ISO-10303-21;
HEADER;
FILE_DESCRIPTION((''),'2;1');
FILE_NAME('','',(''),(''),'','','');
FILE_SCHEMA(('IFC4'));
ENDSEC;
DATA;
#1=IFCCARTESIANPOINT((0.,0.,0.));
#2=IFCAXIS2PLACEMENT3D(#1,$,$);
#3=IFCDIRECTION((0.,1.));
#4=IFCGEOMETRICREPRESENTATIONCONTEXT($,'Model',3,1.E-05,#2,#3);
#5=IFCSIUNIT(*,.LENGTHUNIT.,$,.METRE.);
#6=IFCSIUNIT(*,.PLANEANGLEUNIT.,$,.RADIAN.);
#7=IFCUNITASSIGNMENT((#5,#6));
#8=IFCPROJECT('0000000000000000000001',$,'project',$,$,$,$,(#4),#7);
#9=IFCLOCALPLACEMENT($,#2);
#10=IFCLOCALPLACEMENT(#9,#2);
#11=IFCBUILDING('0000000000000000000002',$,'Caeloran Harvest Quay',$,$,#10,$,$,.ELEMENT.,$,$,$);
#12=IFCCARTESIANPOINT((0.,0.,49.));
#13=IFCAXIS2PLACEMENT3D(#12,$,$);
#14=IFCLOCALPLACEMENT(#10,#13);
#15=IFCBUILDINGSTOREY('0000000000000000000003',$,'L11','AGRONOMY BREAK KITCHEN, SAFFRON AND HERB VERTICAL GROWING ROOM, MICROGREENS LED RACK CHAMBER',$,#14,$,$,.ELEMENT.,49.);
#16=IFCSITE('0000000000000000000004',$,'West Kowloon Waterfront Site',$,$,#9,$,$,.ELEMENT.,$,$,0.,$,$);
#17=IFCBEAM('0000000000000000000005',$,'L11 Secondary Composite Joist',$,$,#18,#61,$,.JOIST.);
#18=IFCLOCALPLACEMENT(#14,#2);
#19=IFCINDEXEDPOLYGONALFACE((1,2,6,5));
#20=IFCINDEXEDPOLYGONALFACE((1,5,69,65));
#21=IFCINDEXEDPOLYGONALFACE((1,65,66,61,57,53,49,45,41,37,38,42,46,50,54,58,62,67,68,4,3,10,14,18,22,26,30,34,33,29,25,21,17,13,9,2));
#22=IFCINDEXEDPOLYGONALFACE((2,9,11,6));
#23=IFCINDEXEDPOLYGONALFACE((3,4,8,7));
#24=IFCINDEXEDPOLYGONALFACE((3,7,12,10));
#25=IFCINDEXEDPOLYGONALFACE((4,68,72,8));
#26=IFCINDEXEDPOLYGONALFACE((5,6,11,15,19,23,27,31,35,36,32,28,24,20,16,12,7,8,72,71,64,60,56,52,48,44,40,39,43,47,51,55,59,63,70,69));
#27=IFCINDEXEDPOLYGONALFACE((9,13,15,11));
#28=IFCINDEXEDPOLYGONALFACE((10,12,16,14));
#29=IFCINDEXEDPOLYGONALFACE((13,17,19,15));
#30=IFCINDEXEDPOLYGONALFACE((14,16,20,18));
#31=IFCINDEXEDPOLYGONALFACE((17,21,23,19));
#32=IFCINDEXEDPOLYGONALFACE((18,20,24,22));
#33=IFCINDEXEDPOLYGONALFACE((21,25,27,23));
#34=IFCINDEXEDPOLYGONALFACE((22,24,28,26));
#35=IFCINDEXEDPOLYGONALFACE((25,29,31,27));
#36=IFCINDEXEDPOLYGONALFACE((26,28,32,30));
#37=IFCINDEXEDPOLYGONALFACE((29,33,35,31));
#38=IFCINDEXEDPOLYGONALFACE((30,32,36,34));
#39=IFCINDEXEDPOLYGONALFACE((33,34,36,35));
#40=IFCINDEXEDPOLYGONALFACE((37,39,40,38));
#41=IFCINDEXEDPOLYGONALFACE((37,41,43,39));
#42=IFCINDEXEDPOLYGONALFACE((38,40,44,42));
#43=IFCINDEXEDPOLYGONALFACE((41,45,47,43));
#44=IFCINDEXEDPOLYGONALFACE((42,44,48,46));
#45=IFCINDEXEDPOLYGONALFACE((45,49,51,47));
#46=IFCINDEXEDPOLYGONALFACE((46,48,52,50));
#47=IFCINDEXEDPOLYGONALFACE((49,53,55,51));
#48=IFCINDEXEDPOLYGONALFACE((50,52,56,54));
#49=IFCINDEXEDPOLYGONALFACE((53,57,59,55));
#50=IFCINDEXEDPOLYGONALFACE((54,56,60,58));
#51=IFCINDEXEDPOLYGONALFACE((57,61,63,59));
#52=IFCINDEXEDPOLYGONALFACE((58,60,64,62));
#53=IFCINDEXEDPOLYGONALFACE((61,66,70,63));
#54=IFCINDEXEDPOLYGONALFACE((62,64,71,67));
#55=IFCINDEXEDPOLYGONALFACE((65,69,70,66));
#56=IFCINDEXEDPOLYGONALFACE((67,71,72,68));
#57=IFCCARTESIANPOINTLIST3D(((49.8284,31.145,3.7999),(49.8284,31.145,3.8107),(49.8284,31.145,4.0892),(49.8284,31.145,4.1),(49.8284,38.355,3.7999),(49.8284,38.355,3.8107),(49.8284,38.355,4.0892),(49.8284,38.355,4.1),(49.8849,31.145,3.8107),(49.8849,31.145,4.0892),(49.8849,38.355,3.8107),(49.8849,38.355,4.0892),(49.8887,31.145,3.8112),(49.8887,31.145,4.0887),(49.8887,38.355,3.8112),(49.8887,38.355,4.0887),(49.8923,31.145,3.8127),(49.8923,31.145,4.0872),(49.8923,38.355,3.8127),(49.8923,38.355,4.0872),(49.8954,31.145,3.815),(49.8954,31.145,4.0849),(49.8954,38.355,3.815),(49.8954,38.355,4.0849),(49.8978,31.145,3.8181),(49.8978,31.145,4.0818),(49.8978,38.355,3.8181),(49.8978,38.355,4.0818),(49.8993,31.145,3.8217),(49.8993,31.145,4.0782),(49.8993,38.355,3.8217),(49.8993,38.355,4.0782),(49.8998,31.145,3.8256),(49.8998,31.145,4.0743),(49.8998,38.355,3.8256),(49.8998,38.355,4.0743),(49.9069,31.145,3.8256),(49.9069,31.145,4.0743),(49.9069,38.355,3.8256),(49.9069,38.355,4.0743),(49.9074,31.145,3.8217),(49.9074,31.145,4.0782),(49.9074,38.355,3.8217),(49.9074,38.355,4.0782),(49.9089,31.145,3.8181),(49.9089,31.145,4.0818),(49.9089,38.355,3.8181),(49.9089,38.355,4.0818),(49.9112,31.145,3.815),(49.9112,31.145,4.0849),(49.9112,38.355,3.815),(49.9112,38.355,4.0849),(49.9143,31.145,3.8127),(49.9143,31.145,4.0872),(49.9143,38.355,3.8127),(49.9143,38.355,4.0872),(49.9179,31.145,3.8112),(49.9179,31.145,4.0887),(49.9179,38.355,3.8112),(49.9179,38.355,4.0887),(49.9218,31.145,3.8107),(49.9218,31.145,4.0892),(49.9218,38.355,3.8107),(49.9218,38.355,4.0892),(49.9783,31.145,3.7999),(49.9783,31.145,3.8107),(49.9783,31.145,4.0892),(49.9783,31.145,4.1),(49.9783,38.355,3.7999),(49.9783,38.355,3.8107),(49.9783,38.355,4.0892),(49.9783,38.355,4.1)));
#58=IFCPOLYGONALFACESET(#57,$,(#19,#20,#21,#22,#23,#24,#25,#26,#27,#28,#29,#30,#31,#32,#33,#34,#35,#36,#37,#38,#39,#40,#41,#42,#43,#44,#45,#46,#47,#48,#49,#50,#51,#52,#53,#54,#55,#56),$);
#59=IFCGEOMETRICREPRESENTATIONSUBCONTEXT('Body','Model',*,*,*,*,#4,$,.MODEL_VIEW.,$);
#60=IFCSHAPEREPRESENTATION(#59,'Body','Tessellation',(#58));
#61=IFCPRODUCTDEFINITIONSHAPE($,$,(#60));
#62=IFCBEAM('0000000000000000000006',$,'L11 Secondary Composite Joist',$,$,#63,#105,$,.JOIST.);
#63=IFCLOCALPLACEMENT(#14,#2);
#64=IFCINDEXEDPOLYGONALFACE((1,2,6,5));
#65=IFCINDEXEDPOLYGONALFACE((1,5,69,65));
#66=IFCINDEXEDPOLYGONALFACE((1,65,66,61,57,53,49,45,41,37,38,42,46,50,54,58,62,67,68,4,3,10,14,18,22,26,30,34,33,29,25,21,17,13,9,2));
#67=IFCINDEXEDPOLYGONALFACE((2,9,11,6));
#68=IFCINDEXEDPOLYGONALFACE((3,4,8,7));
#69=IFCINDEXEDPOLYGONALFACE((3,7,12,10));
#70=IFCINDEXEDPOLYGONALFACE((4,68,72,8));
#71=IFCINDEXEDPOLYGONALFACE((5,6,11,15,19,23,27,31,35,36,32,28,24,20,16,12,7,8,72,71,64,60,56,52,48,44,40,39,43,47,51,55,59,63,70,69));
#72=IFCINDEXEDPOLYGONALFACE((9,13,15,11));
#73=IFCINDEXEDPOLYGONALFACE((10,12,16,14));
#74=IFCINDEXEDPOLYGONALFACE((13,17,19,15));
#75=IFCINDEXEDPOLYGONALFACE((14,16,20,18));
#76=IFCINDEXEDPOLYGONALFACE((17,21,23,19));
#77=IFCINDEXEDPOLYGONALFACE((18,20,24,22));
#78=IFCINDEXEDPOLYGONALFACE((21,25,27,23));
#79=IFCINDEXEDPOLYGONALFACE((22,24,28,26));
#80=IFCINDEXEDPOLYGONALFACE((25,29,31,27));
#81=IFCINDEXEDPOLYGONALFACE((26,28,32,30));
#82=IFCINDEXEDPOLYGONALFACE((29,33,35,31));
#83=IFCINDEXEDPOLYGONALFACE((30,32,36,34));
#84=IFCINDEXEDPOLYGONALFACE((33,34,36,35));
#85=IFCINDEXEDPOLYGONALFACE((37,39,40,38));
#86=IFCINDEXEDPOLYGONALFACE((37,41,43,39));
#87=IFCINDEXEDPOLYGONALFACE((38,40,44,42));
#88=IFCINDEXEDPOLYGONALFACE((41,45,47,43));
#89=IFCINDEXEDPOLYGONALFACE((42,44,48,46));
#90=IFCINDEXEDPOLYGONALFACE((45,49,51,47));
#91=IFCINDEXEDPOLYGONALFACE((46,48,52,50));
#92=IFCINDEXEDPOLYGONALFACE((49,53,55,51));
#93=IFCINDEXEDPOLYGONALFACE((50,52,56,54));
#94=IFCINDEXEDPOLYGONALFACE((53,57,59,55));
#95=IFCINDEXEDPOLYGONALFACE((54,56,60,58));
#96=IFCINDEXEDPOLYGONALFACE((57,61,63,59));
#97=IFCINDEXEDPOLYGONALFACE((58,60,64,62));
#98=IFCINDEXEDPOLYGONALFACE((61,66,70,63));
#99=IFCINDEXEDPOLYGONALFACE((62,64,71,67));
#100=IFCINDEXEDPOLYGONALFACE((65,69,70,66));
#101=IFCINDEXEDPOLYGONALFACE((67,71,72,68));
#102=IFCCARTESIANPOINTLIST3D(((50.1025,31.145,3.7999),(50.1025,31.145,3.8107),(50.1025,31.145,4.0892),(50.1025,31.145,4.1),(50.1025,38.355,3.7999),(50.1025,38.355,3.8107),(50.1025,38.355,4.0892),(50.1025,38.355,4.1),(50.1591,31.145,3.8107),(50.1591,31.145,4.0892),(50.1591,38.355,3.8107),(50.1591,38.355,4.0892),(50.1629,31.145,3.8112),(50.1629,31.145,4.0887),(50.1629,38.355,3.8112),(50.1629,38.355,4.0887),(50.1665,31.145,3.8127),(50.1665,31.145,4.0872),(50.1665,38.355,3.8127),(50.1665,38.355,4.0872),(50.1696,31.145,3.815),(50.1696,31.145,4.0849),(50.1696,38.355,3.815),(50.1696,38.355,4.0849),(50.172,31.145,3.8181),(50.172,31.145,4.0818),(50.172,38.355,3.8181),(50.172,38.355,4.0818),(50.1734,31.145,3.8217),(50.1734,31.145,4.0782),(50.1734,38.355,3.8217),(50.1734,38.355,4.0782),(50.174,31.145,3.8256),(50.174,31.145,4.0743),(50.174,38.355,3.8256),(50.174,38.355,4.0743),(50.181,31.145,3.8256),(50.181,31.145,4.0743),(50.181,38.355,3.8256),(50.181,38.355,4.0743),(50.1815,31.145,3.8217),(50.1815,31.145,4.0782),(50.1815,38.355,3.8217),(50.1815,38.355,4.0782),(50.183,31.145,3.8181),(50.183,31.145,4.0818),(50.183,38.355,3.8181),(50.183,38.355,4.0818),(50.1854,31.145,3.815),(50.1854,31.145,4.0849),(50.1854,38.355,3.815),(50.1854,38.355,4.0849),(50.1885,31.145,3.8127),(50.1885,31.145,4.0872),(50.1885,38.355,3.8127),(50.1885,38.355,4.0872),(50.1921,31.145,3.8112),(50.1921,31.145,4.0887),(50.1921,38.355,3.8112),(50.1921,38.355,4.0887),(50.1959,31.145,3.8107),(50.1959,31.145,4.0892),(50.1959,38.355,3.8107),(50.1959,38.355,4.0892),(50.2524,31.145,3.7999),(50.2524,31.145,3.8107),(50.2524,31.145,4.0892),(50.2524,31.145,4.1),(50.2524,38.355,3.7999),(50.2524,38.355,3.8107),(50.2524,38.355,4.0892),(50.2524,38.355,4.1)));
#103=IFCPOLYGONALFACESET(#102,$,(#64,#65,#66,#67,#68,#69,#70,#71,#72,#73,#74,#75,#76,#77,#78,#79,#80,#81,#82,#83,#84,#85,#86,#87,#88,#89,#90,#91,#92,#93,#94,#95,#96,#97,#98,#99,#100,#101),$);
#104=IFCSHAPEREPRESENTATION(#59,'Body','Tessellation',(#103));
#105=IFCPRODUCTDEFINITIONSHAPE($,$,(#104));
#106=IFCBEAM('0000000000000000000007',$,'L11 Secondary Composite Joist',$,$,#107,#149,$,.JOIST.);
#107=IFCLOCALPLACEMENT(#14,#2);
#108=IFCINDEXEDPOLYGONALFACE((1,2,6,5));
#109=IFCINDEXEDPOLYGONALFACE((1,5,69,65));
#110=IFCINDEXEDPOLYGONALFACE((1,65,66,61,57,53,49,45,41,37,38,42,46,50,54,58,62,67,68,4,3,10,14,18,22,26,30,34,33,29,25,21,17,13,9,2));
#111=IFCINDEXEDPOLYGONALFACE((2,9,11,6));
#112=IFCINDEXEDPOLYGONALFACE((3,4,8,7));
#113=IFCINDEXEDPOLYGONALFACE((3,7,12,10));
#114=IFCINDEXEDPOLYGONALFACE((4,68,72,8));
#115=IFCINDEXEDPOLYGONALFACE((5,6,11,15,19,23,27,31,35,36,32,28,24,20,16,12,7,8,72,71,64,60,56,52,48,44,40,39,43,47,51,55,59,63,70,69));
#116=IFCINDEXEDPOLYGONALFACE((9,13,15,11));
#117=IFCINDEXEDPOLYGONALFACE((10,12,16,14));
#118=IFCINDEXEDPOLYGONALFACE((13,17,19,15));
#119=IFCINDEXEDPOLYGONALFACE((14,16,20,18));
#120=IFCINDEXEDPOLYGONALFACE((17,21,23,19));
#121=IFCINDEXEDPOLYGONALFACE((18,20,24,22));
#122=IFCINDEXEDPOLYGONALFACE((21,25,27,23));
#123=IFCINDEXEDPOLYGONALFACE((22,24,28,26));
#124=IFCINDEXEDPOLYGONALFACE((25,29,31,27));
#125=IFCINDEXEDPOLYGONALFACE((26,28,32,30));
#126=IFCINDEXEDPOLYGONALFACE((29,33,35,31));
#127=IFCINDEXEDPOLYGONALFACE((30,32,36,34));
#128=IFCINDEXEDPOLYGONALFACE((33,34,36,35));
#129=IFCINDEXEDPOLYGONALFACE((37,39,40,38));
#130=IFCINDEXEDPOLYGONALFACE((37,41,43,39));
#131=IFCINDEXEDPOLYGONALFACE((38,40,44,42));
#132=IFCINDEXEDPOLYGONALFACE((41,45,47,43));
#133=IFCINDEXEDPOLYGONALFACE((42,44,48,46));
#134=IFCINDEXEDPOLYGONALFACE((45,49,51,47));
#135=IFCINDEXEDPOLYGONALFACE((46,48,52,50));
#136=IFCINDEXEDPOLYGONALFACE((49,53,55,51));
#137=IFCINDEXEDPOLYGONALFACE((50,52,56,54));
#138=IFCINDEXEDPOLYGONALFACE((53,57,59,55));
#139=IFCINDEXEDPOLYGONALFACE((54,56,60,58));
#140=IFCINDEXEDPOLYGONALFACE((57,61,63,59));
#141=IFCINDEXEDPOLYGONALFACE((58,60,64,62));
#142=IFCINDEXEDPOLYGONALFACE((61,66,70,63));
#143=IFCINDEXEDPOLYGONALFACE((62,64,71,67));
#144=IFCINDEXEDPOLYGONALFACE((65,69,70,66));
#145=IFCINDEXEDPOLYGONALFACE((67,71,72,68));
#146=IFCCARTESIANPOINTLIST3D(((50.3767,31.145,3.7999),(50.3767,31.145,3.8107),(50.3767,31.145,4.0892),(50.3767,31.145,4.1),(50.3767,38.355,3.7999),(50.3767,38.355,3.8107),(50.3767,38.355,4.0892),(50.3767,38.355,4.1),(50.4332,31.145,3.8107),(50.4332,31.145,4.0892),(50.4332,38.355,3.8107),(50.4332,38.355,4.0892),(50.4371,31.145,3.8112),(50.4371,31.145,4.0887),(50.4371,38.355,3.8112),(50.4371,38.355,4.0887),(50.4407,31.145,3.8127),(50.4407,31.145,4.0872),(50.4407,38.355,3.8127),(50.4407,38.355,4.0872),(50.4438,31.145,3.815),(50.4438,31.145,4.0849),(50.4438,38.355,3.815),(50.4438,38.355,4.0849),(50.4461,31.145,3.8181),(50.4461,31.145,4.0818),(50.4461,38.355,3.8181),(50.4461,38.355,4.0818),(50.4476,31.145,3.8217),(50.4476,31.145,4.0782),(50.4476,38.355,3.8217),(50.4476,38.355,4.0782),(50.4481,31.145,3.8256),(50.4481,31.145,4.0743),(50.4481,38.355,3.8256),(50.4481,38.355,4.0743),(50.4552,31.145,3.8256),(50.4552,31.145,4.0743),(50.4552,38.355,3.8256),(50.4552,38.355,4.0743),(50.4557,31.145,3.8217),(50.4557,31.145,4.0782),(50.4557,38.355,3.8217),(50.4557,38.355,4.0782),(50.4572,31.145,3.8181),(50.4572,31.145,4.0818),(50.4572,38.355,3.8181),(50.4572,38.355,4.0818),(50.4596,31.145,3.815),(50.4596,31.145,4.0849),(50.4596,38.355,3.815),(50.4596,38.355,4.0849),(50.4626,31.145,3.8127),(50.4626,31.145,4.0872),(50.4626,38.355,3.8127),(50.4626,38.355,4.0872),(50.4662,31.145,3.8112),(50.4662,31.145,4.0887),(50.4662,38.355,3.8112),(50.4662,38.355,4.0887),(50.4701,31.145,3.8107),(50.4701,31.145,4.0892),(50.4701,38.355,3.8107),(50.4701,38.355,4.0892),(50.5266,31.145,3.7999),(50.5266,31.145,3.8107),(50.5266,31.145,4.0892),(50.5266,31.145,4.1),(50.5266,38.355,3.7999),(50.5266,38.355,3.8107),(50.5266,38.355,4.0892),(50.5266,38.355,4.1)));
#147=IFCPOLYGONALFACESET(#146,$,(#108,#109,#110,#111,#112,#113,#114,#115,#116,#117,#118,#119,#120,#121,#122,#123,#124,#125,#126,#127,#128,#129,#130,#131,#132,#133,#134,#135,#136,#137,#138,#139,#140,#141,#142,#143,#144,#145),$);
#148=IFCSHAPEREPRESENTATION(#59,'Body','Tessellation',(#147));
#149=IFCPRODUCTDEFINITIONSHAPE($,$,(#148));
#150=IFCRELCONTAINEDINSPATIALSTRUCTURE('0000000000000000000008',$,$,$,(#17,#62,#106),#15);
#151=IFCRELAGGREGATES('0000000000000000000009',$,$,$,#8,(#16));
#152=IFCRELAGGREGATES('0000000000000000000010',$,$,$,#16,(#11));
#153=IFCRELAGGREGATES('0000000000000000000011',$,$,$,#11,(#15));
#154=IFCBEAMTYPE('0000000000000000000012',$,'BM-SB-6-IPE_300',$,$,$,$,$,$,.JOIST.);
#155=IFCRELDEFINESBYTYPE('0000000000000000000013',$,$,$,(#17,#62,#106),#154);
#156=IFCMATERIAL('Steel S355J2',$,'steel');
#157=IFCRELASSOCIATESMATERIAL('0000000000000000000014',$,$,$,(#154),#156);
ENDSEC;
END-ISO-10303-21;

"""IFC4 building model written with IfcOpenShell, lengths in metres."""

from ifc_helpers import new_model, si_unit, direction, frame, origin, origin_2d, place, context, subcontext, project, spatial, i_section, extrude, material, material_profile, profile_set, type_object, element, save


model = new_model("IFC4")

# Units and contexts
model_context = context("Model", 3, precision=1e-05, world=origin(), true_north=direction((0.0, 1.0)))
body_context = subcontext(model_context, "Body", "Model", "MODEL_VIEW")
ifc_project = project(units=[si_unit("LENGTHUNIT", "METRE"), si_unit("PLANEANGLEUNIT", "RADIAN")], contexts=[model_context])

# Site, building, storey
site_placement = place(None, origin())
site = spatial("IfcSite", under=ifc_project, at=site_placement, Name="West Kowloon Waterfront Site", CompositionType="ELEMENT", RefElevation=0.0)
building_placement = place(site_placement, origin())
building = spatial("IfcBuilding", under=site, at=building_placement, Name="Caeloran Harvest Quay", CompositionType="ELEMENT")
storey_placement = place(building_placement, frame((0.0, 0.0, 49.0)))
storey = spatial("IfcBuildingStorey", under=building, at=storey_placement, Name="L11", Description="AGRONOMY BREAK KITCHEN, SAFFRON AND HERB VERTICAL GROWING ROOM, MICROGREENS LED RACK CHAMBER", CompositionType="ELEMENT", Elevation=49.0)

# Beams
ifc_material_1 = material(Name="Steel S355J2", Category="steel")
ifc_material_profile_1 = material_profile(ifc_material_1, i_section(OverallWidth=0.1499, OverallDepth=0.3, WebThickness=0.0071, FlangeThickness=0.0107, FilletRadius=0.0149, at=origin_2d()), Name="IPE 300")
ifc_profile_set_1 = profile_set([ifc_material_profile_1], Name="Steel S355J2")
beam_type_1 = type_object("IfcBeamType", Name="BM-SB-6-IPE_300", PredefinedType="JOIST", material=ifc_profile_set_1)
for number, where, z_axis, x_axis, name in (
    (1, (49.9033, 31.145, 3.95), (0.0, 1.0, 0.0), (-1.0, 0.0, 0.0), "L11 Secondary Composite Joist"),
    (2, (50.1775, 31.145, 3.95), (0.0, 1.0, 0.0), (-1.0, 0.0, 0.0), "L11 Secondary Composite Joist"),
    (3, (50.4517, 31.145, 3.95), (0.0, 1.0, 0.0), (-1.0, 0.0, 0.0), "L11 Secondary Composite Joist"),
):
    element("IfcBeam", number, at=place(storey_placement, frame(where, z_axis=z_axis, x_axis=x_axis)), inside=storey, type_object=beam_type_1, Name=name, PredefinedType="JOIST", context=body_context, shape_type="SweptSolid", body=[
        extrude(i_section(OverallWidth=0.1499, OverallDepth=0.3, WebThickness=0.0071, FlangeThickness=0.0107, FilletRadius=0.0149, at=origin_2d()), origin(), (0.0, 0.0, 1.0), 7.21),
    ])

save(model, "model.ifc")
